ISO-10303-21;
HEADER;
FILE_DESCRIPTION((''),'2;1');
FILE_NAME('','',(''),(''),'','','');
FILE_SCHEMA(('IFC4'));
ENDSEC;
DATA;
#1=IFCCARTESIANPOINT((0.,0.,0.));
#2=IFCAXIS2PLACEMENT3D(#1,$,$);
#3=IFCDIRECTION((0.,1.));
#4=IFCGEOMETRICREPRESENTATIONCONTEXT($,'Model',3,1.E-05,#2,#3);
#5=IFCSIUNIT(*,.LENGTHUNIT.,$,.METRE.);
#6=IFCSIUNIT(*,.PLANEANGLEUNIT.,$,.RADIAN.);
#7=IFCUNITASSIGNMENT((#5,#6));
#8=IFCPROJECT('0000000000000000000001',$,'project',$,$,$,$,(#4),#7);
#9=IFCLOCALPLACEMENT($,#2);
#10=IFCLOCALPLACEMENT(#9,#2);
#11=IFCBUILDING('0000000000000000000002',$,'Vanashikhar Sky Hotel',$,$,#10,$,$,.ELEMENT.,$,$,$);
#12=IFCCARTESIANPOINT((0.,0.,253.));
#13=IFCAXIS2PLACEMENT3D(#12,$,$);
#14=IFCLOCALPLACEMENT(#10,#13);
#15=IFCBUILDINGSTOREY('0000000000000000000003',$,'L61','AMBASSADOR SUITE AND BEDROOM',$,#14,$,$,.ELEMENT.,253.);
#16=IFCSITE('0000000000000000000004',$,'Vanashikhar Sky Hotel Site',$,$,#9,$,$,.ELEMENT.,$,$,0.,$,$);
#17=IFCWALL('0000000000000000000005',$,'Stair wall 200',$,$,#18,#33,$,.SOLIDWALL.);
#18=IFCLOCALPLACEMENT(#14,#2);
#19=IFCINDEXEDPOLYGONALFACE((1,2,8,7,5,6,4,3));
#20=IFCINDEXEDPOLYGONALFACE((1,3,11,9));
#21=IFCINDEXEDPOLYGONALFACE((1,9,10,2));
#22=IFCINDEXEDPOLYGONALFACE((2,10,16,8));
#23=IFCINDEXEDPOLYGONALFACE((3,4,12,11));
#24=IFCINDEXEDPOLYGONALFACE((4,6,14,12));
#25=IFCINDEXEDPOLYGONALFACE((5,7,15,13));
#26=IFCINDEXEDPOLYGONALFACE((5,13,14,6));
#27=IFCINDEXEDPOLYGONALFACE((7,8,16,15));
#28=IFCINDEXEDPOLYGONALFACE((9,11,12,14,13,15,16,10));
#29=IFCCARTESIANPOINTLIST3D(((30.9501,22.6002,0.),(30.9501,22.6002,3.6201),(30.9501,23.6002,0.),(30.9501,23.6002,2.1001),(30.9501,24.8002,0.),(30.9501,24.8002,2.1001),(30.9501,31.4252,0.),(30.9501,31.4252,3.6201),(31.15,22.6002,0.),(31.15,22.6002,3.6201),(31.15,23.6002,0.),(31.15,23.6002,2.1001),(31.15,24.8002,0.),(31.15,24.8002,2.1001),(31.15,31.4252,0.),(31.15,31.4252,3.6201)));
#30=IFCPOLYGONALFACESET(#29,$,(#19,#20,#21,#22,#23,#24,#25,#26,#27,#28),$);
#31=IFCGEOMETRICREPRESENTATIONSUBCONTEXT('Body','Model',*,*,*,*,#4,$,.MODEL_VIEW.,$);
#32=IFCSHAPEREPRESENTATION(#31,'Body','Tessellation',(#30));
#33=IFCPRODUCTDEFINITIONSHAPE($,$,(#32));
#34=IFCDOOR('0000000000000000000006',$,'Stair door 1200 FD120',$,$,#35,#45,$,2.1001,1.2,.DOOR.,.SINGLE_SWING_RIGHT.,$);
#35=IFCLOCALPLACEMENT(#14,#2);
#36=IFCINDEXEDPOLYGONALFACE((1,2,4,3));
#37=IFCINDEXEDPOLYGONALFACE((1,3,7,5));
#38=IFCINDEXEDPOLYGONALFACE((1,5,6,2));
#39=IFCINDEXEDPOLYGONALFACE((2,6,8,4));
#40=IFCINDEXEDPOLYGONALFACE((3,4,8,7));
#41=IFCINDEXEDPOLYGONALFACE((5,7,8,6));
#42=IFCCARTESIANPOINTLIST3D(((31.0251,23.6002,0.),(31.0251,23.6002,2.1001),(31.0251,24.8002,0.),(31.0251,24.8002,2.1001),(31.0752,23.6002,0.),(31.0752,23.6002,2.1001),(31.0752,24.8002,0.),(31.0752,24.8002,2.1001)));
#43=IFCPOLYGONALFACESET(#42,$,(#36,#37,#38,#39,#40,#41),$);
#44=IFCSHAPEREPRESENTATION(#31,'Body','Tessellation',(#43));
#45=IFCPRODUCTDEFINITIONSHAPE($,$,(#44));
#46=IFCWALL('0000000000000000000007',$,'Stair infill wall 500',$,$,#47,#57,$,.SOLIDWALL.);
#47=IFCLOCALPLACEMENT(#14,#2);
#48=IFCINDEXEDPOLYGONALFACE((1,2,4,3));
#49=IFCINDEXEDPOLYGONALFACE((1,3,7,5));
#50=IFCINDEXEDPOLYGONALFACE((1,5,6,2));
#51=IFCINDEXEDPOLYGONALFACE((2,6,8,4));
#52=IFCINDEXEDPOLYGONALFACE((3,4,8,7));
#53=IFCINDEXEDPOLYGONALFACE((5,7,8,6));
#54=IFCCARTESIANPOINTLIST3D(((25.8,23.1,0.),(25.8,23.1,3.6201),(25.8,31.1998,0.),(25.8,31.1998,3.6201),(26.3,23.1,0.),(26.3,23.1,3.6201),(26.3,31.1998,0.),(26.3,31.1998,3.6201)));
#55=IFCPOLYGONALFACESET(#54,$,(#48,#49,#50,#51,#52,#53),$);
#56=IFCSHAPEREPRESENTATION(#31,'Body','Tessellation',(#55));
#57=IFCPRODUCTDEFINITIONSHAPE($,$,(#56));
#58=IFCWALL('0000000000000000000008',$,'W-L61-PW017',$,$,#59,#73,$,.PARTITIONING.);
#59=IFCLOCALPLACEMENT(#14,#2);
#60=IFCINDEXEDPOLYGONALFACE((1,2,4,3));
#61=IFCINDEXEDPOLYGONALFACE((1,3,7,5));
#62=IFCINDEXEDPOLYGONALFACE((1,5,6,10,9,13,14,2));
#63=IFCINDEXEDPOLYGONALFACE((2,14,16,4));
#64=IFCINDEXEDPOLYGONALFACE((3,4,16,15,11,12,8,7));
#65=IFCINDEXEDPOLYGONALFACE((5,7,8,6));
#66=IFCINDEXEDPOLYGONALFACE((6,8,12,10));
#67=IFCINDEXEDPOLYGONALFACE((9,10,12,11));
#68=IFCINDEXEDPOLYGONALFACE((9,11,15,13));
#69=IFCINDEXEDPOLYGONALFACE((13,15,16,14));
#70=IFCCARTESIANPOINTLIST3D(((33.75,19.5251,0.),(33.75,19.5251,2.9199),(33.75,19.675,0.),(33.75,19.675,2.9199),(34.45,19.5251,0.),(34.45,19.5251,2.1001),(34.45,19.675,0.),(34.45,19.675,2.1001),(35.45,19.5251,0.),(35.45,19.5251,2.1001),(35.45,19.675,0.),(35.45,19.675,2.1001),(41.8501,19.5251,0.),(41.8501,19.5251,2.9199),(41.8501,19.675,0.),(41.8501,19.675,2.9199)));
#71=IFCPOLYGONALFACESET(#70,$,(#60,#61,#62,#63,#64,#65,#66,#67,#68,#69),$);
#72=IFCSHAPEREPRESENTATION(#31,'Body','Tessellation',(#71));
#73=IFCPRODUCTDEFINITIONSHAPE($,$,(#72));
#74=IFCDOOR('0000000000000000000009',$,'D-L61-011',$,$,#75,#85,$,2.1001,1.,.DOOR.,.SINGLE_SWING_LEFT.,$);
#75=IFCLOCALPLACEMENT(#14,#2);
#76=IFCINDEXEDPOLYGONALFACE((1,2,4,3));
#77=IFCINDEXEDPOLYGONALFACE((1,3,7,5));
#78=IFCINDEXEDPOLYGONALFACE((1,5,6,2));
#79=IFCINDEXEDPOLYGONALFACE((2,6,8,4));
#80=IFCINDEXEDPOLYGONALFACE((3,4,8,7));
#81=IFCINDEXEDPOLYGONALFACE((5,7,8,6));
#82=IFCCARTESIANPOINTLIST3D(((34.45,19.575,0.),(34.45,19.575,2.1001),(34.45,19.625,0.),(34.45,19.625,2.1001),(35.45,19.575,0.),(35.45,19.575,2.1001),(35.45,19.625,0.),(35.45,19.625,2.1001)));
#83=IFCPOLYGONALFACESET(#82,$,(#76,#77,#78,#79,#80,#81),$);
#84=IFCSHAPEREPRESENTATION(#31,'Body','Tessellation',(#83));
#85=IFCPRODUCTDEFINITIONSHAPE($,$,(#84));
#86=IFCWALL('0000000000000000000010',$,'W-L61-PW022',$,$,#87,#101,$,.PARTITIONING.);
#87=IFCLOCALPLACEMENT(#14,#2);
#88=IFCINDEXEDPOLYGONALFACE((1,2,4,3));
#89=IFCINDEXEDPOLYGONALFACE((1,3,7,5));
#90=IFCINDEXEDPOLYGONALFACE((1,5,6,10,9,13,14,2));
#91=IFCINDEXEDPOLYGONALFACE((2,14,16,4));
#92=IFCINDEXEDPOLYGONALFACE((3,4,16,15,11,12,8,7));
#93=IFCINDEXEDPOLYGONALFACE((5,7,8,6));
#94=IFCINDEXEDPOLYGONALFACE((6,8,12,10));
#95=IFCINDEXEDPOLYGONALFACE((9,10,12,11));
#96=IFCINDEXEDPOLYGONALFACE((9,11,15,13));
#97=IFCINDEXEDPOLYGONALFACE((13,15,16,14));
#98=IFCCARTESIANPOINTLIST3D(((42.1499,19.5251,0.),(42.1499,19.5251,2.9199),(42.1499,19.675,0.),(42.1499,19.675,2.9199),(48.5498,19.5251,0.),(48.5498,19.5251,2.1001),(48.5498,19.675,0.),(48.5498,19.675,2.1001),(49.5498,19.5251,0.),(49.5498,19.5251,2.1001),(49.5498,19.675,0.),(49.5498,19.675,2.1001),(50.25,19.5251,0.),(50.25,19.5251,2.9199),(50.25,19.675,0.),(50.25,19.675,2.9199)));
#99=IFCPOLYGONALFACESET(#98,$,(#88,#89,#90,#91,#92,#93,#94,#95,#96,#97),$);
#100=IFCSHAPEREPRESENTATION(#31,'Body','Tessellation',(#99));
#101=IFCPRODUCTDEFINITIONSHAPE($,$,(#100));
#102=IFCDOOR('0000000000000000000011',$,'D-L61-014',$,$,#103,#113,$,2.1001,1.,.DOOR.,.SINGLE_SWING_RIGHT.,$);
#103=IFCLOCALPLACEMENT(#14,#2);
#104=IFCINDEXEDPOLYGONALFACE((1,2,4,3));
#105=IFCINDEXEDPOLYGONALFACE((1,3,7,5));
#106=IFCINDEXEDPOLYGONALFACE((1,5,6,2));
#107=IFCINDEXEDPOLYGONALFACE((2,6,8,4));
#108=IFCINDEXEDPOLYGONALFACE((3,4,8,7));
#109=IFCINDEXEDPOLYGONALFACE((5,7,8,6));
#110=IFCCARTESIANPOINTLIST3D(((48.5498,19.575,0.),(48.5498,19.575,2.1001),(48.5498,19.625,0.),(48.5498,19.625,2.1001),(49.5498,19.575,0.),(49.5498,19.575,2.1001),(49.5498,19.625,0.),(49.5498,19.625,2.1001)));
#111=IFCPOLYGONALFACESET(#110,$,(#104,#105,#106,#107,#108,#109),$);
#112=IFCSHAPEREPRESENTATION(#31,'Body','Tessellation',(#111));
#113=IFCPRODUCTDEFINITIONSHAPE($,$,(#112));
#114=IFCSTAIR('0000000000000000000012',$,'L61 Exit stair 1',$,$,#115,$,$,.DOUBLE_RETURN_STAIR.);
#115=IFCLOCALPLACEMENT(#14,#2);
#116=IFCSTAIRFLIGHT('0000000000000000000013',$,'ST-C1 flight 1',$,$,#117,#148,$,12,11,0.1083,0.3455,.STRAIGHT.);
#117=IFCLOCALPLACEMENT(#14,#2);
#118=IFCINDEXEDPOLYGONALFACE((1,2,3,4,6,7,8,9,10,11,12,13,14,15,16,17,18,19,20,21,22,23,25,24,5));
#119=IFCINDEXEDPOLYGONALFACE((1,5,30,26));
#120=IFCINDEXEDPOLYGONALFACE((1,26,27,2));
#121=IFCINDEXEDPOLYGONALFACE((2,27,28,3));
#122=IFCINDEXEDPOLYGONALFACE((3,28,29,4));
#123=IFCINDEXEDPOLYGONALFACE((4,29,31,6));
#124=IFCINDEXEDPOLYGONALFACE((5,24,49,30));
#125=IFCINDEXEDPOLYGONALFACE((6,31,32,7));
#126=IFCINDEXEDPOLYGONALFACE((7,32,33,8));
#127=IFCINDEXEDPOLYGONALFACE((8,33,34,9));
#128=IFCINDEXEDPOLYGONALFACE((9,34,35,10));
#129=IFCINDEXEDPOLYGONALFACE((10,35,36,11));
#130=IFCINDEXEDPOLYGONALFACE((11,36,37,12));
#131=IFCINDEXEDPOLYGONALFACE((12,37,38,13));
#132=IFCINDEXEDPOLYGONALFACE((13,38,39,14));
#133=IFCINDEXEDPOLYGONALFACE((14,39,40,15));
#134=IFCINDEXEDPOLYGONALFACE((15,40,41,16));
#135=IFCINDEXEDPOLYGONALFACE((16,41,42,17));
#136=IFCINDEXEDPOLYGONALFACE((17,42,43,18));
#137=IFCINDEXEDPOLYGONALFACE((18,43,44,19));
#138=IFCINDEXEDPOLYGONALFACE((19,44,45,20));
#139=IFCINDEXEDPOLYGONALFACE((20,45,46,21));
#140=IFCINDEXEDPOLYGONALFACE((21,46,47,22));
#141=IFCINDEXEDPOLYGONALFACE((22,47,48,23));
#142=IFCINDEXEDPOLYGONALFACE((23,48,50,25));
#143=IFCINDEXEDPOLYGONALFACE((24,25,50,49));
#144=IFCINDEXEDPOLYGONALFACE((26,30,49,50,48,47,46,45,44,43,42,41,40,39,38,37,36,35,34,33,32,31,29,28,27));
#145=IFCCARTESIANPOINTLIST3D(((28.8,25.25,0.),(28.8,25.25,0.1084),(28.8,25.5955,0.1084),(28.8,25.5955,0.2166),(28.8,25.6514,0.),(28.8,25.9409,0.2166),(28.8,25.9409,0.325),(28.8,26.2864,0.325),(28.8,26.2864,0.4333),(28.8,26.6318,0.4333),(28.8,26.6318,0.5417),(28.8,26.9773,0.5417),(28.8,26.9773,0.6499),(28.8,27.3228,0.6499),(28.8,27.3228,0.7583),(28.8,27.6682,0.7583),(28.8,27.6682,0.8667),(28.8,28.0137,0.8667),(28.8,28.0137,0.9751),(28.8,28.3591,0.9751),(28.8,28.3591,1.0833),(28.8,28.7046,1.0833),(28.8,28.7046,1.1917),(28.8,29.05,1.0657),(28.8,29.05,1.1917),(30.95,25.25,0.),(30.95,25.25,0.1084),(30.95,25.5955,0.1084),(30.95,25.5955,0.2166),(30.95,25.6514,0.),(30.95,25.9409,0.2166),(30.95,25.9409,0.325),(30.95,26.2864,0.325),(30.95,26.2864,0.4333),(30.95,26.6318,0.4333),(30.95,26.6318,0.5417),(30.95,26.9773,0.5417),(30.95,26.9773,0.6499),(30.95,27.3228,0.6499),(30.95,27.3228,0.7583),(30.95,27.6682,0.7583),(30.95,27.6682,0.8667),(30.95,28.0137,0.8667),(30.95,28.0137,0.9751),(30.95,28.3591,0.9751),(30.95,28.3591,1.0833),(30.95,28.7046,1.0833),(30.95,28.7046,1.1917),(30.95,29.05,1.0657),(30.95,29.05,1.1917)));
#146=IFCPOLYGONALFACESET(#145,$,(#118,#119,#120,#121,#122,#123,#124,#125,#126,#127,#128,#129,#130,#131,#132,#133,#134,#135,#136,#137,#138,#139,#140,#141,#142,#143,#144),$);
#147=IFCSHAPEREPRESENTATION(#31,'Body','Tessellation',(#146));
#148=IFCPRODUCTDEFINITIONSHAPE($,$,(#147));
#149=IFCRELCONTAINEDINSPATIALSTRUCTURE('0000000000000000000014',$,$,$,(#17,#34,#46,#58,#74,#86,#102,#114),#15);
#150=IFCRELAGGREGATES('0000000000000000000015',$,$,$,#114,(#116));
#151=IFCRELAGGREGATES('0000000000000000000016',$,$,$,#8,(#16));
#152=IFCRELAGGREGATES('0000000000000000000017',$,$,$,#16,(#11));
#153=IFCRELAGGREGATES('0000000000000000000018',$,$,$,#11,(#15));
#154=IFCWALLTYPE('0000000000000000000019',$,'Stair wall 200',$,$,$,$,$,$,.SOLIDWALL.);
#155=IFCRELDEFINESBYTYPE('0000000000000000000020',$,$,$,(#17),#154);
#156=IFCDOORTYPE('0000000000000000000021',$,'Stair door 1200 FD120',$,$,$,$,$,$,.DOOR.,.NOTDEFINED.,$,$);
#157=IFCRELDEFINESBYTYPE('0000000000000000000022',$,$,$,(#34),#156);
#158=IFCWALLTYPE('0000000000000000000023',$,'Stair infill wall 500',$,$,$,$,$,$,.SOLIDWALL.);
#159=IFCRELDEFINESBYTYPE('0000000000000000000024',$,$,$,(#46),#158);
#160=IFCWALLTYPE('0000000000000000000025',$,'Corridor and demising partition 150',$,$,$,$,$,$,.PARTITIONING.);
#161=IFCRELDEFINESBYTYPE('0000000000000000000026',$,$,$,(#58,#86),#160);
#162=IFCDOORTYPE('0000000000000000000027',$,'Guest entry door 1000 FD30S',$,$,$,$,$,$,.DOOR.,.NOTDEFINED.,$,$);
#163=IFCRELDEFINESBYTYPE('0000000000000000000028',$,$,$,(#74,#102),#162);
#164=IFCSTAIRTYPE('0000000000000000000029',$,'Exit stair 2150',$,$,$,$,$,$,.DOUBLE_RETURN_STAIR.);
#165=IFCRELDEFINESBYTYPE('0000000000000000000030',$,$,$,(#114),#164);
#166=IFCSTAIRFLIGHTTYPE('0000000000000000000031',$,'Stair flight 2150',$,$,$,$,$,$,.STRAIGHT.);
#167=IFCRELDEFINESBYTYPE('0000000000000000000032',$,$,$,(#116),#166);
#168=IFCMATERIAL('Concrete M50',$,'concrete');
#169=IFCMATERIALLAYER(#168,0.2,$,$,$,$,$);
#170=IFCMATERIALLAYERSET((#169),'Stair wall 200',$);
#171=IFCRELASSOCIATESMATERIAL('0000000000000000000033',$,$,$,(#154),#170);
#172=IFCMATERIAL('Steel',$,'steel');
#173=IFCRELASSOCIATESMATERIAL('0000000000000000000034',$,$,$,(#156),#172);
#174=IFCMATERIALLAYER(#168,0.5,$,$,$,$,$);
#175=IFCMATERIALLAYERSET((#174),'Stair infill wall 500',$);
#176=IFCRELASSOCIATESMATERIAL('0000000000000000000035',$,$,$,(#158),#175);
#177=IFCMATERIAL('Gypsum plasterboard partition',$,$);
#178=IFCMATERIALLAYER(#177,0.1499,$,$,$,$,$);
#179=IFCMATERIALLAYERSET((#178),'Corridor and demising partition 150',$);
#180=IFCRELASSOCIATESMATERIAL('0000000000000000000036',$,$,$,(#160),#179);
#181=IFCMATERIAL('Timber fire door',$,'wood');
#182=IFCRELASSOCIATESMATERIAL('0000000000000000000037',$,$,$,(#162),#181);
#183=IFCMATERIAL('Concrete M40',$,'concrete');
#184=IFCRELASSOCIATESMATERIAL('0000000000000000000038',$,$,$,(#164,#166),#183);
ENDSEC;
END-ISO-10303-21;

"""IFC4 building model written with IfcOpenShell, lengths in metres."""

from ifc_helpers import new_model, si_unit, direction, frame, frame_2d, origin, place, context, subcontext, project, spatial, polyline, rectangle, outline, extrude, source, transform, mapped, material, layer, layer_set, type_object, element, fill, aggregate, save


model = new_model("IFC4")

# Units and contexts
model_context = context("Model", 3, precision=1e-05, world=origin(), true_north=direction((0.0, 1.0)))
body_context = subcontext(model_context, "Body", "Model", "MODEL_VIEW")
ifc_project = project(units=[si_unit("LENGTHUNIT", "METRE"), si_unit("PLANEANGLEUNIT", "RADIAN")], contexts=[model_context])

# Site, building, storey
site_placement = place(None, origin())
site = spatial("IfcSite", under=ifc_project, at=site_placement, Name="Vanashikhar Sky Hotel Site", CompositionType="ELEMENT", RefElevation=0.0)
building_placement = place(site_placement, origin())
building = spatial("IfcBuilding", under=site, at=building_placement, Name="Vanashikhar Sky Hotel", CompositionType="ELEMENT")
storey_placement = place(building_placement, frame((0.0, 0.0, 253.0)))
storey = spatial("IfcBuildingStorey", under=building, at=storey_placement, Name="L61", Description="AMBASSADOR SUITE AND BEDROOM", CompositionType="ELEMENT", Elevation=253.0)

# Shared definitions
ifc_material_1 = material(Name="Concrete M50", Category="concrete")

# Shared definitions
ifc_material_2 = material(Name="Steel", Category="steel")

# Shared definitions
ifc_material_3 = material(Name="Concrete M40", Category="concrete")

# Wall, opening, door
ifc_layer_1 = layer(ifc_material_1, 0.2)
ifc_layer_set_1 = layer_set([ifc_layer_1], Name="Stair wall 200")
wall_type_1 = type_object("IfcWallType", Name="Stair wall 200", PredefinedType="SOLIDWALL", material=ifc_layer_set_1)
shared_shape_1 = source(origin(), body_context, "Body", "SweptSolid", [
    extrude(rectangle(XDim=8.825, YDim=0.2, at=frame_2d((4.4126, 0.0))), origin(), (0.0, 0.0, 1.0), 3.6201),
])
wall_1_placement = place(storey_placement, frame((31.05, 22.6001, 0.0), z_axis=(0.0, 0.0, 1.0), x_axis=(0.0, 1.0, 0.0)))
wall_1 = element("IfcWall", 1, at=wall_1_placement, inside=storey, type_object=wall_type_1, Name="Stair wall 200", PredefinedType="SOLIDWALL", context=body_context, shape_type="MappedRepresentation", body=[
    mapped(shared_shape_1, transform((0.0, 0.0, 0.0), scale=1.0)),
])
shared_shape_2 = source(origin(), body_context, "Body", "SweptSolid", [
    extrude(rectangle(XDim=1.2, YDim=2.1001, at=frame_2d((0.6001, 1.05))), frame((0.0, 0.1099, 0.0), z_axis=(0.0, -1.0, 0.0), x_axis=(1.0, 0.0, 0.0)), (0.0, 0.0, 1.0), 0.22),
])
opening_1_placement = place(wall_1_placement, frame((1.0, 0.0, 0.0)))
opening_1 = element("IfcOpeningElement", 2, at=opening_1_placement, cuts=wall_1, PredefinedType="OPENING", context=body_context, shape_type="MappedRepresentation", body=[
    mapped(shared_shape_2, transform((0.0, 0.0, 0.0), scale=1.0)),
])
door_type_1 = type_object("IfcDoorType", Name="Stair door 1200 FD120", OperationType="NOTDEFINED", PredefinedType="DOOR", material=ifc_material_2)
shared_shape_3 = source(origin(), body_context, "Body", "SweptSolid", [
    extrude(rectangle(XDim=1.2, YDim=2.1001, at=frame_2d((0.6001, 1.05))), frame((0.0, 0.0249, 0.0), z_axis=(0.0, -1.0, 0.0), x_axis=(1.0, 0.0, 0.0)), (0.0, 0.0, 1.0), 0.05),
])
door_1_placement = place(opening_1_placement, origin())
door_1 = element("IfcDoor", 3, at=door_1_placement, inside=storey, type_object=door_type_1, Name="Stair door 1200 FD120", OperationType="SINGLE_SWING_RIGHT", OverallHeight=2.1001, OverallWidth=1.2, PredefinedType="DOOR", context=body_context, shape_type="MappedRepresentation", body=[
    mapped(shared_shape_3, transform((0.0, 0.0, 0.0), scale=1.0)),
])
fill(opening_1, door_1)

# Wall
ifc_layer_2 = layer(ifc_material_1, 0.5)
ifc_layer_set_2 = layer_set([ifc_layer_2], Name="Stair infill wall 500")
wall_type_2 = type_object("IfcWallType", Name="Stair infill wall 500", PredefinedType="SOLIDWALL", material=ifc_layer_set_2)
shared_shape_4 = source(origin(), body_context, "Body", "SweptSolid", [
    extrude(rectangle(XDim=8.0999, YDim=0.5, at=frame_2d((4.0498, 0.0))), origin(), (0.0, 0.0, 1.0), 3.6201),
])
wall_2_placement = place(storey_placement, frame((26.05, 23.1001, 0.0), z_axis=(0.0, 0.0, 1.0), x_axis=(0.0, 1.0, 0.0)))
element("IfcWall", 4, at=wall_2_placement, inside=storey, type_object=wall_type_2, Name="Stair infill wall 500", PredefinedType="SOLIDWALL", context=body_context, shape_type="MappedRepresentation", body=[
    mapped(shared_shape_4, transform((0.0, 0.0, 0.0), scale=1.0)),
])

# Walls, openings, doors
ifc_material_4 = material(Name="Gypsum plasterboard partition")
ifc_layer_3 = layer(ifc_material_4, 0.1499)
ifc_layer_set_3 = layer_set([ifc_layer_3], Name="Corridor and demising partition 150")
wall_type_3 = type_object("IfcWallType", Name="Corridor and demising partition 150", PredefinedType="PARTITIONING", material=ifc_layer_set_3)
shared_shape_5 = source(origin(), body_context, "Body", "SweptSolid", [
    extrude(rectangle(XDim=8.1001, YDim=0.1499, at=frame_2d((4.05, 0.0))), origin(), (0.0, 0.0, 1.0), 2.9199),
])
wall_3_placement = place(storey_placement, frame((33.75, 19.6001, 0.0), z_axis=(0.0, 0.0, 1.0), x_axis=(1.0, 0.0, 0.0)))
wall_3 = element("IfcWall", 5, at=wall_3_placement, inside=storey, type_object=wall_type_3, Name="W-L61-PW017", PredefinedType="PARTITIONING", context=body_context, shape_type="MappedRepresentation", body=[
    mapped(shared_shape_5, transform((0.0, 0.0, 0.0), scale=1.0)),
])
shared_shape_6 = source(origin(), body_context, "Body", "SweptSolid", [
    extrude(rectangle(XDim=1.0, YDim=2.1001, at=frame_2d((0.5, 1.05))), frame((0.0, 0.085, 0.0), z_axis=(0.0, -1.0, 0.0), x_axis=(1.0, 0.0, 0.0)), (0.0, 0.0, 1.0), 0.1699),
])
opening_2_placement = place(wall_3_placement, frame((0.7, 0.0, 0.0)))
opening_2 = element("IfcOpeningElement", 6, at=opening_2_placement, cuts=wall_3, PredefinedType="OPENING", context=body_context, shape_type="MappedRepresentation", body=[
    mapped(shared_shape_6, transform((0.0, 0.0, 0.0), scale=1.0)),
])
ifc_material_5 = material(Name="Timber fire door", Category="wood")
door_type_2 = type_object("IfcDoorType", Name="Guest entry door 1000 FD30S", OperationType="NOTDEFINED", PredefinedType="DOOR", material=ifc_material_5)
shared_shape_7 = source(origin(), body_context, "Body", "SweptSolid", [
    extrude(rectangle(XDim=1.0, YDim=2.1001, at=frame_2d((0.5, 1.05))), frame((0.0, 0.0249, 0.0), z_axis=(0.0, -1.0, 0.0), x_axis=(1.0, 0.0, 0.0)), (0.0, 0.0, 1.0), 0.05),
])
door_2_placement = place(opening_2_placement, origin())
door_2 = element("IfcDoor", 7, at=door_2_placement, inside=storey, type_object=door_type_2, Name="D-L61-011", OperationType="SINGLE_SWING_LEFT", OverallHeight=2.1001, OverallWidth=1.0, PredefinedType="DOOR", context=body_context, shape_type="MappedRepresentation", body=[
    mapped(shared_shape_7, transform((0.0, 0.0, 0.0), scale=1.0)),
])
fill(opening_2, door_2)
wall_4_placement = place(storey_placement, frame((42.1499, 19.6001, 0.0), z_axis=(0.0, 0.0, 1.0), x_axis=(1.0, 0.0, 0.0)))
wall_4 = element("IfcWall", 8, at=wall_4_placement, inside=storey, type_object=wall_type_3, Name="W-L61-PW022", PredefinedType="PARTITIONING", context=body_context, shape_type="MappedRepresentation", body=[
    mapped(shared_shape_5, transform((0.0, 0.0, 0.0), scale=1.0)),
])
opening_3_placement = place(wall_4_placement, frame((6.3999, 0.0, 0.0)))
opening_3 = element("IfcOpeningElement", 9, at=opening_3_placement, cuts=wall_4, PredefinedType="OPENING", context=body_context, shape_type="MappedRepresentation", body=[
    mapped(shared_shape_6, transform((0.0, 0.0, 0.0), scale=1.0)),
])
door_3_placement = place(opening_3_placement, origin())
door_3 = element("IfcDoor", 10, at=door_3_placement, inside=storey, type_object=door_type_2, Name="D-L61-014", OperationType="SINGLE_SWING_RIGHT", OverallHeight=2.1001, OverallWidth=1.0, PredefinedType="DOOR", context=body_context, shape_type="MappedRepresentation", body=[
    mapped(shared_shape_7, transform((0.0, 0.0, 0.0), scale=1.0)),
])
fill(opening_3, door_3)

# Stair, stair flight
stair_type = type_object("IfcStairType", Name="Exit stair 2150", PredefinedType="DOUBLE_RETURN_STAIR", material=ifc_material_3)
stair_placement = place(storey_placement, origin())
stair = element("IfcStair", 11, at=stair_placement, inside=storey, type_object=stair_type, Name="L61 Exit stair 1", PredefinedType="DOUBLE_RETURN_STAIR")
stair_flight_type = type_object("IfcStairFlightType", Name="Stair flight 2150", PredefinedType="STRAIGHT", material=ifc_material_3)
shared_shape_8 = source(origin(), body_context, "Body", "SweptSolid", [
    extrude(outline(polyline([(0.0, 0.0), (0.0, 0.1084), (0.3455, 0.1084), (0.3455, 0.2166), (0.6909, 0.2166), (0.6909, 0.325), (1.0364, 0.325), (1.0364, 0.4333), (1.3818, 0.4333), (1.3818, 0.5417), (1.7273, 0.5417), (1.7273, 0.6499), (2.0728, 0.6499), (2.0728, 0.7583), (2.4182, 0.7583), (2.4182, 0.8667), (2.7637, 0.8667), (2.7637, 0.9751), (3.1091, 0.9751), (3.1091, 1.0833), (3.4546, 1.0833), (3.4546, 1.1917), (3.8, 1.1917), (3.8, 1.3), (3.8, 1.0657), (0.4014, 0.0), (0.0, 0.0)])), frame((0.0, 1.075, 0.0), z_axis=(0.0, -1.0, 0.0), x_axis=(1.0, 0.0, 0.0)), (0.0, 0.0, 1.0), 2.1499),
])
stair_flight_1_placement = place(storey_placement, frame((29.875, 25.25, 0.0), z_axis=(0.0, 0.0, 1.0), x_axis=(0.0, 1.0, 0.0)))
stair_flight_1 = element("IfcStairFlight", 12, at=stair_flight_1_placement, type_object=stair_flight_type, Name="ST-C1 flight 1", NumberOfRisers=12, NumberOfTreads=11, PredefinedType="STRAIGHT", RiserHeight=0.1083, TreadLength=0.3455, context=body_context, shape_type="MappedRepresentation", body=[
    mapped(shared_shape_8, transform((0.0, 0.0, 0.0), scale=1.0)),
])
aggregate(stair, [stair_flight_1])

save(model, "model.ifc")
